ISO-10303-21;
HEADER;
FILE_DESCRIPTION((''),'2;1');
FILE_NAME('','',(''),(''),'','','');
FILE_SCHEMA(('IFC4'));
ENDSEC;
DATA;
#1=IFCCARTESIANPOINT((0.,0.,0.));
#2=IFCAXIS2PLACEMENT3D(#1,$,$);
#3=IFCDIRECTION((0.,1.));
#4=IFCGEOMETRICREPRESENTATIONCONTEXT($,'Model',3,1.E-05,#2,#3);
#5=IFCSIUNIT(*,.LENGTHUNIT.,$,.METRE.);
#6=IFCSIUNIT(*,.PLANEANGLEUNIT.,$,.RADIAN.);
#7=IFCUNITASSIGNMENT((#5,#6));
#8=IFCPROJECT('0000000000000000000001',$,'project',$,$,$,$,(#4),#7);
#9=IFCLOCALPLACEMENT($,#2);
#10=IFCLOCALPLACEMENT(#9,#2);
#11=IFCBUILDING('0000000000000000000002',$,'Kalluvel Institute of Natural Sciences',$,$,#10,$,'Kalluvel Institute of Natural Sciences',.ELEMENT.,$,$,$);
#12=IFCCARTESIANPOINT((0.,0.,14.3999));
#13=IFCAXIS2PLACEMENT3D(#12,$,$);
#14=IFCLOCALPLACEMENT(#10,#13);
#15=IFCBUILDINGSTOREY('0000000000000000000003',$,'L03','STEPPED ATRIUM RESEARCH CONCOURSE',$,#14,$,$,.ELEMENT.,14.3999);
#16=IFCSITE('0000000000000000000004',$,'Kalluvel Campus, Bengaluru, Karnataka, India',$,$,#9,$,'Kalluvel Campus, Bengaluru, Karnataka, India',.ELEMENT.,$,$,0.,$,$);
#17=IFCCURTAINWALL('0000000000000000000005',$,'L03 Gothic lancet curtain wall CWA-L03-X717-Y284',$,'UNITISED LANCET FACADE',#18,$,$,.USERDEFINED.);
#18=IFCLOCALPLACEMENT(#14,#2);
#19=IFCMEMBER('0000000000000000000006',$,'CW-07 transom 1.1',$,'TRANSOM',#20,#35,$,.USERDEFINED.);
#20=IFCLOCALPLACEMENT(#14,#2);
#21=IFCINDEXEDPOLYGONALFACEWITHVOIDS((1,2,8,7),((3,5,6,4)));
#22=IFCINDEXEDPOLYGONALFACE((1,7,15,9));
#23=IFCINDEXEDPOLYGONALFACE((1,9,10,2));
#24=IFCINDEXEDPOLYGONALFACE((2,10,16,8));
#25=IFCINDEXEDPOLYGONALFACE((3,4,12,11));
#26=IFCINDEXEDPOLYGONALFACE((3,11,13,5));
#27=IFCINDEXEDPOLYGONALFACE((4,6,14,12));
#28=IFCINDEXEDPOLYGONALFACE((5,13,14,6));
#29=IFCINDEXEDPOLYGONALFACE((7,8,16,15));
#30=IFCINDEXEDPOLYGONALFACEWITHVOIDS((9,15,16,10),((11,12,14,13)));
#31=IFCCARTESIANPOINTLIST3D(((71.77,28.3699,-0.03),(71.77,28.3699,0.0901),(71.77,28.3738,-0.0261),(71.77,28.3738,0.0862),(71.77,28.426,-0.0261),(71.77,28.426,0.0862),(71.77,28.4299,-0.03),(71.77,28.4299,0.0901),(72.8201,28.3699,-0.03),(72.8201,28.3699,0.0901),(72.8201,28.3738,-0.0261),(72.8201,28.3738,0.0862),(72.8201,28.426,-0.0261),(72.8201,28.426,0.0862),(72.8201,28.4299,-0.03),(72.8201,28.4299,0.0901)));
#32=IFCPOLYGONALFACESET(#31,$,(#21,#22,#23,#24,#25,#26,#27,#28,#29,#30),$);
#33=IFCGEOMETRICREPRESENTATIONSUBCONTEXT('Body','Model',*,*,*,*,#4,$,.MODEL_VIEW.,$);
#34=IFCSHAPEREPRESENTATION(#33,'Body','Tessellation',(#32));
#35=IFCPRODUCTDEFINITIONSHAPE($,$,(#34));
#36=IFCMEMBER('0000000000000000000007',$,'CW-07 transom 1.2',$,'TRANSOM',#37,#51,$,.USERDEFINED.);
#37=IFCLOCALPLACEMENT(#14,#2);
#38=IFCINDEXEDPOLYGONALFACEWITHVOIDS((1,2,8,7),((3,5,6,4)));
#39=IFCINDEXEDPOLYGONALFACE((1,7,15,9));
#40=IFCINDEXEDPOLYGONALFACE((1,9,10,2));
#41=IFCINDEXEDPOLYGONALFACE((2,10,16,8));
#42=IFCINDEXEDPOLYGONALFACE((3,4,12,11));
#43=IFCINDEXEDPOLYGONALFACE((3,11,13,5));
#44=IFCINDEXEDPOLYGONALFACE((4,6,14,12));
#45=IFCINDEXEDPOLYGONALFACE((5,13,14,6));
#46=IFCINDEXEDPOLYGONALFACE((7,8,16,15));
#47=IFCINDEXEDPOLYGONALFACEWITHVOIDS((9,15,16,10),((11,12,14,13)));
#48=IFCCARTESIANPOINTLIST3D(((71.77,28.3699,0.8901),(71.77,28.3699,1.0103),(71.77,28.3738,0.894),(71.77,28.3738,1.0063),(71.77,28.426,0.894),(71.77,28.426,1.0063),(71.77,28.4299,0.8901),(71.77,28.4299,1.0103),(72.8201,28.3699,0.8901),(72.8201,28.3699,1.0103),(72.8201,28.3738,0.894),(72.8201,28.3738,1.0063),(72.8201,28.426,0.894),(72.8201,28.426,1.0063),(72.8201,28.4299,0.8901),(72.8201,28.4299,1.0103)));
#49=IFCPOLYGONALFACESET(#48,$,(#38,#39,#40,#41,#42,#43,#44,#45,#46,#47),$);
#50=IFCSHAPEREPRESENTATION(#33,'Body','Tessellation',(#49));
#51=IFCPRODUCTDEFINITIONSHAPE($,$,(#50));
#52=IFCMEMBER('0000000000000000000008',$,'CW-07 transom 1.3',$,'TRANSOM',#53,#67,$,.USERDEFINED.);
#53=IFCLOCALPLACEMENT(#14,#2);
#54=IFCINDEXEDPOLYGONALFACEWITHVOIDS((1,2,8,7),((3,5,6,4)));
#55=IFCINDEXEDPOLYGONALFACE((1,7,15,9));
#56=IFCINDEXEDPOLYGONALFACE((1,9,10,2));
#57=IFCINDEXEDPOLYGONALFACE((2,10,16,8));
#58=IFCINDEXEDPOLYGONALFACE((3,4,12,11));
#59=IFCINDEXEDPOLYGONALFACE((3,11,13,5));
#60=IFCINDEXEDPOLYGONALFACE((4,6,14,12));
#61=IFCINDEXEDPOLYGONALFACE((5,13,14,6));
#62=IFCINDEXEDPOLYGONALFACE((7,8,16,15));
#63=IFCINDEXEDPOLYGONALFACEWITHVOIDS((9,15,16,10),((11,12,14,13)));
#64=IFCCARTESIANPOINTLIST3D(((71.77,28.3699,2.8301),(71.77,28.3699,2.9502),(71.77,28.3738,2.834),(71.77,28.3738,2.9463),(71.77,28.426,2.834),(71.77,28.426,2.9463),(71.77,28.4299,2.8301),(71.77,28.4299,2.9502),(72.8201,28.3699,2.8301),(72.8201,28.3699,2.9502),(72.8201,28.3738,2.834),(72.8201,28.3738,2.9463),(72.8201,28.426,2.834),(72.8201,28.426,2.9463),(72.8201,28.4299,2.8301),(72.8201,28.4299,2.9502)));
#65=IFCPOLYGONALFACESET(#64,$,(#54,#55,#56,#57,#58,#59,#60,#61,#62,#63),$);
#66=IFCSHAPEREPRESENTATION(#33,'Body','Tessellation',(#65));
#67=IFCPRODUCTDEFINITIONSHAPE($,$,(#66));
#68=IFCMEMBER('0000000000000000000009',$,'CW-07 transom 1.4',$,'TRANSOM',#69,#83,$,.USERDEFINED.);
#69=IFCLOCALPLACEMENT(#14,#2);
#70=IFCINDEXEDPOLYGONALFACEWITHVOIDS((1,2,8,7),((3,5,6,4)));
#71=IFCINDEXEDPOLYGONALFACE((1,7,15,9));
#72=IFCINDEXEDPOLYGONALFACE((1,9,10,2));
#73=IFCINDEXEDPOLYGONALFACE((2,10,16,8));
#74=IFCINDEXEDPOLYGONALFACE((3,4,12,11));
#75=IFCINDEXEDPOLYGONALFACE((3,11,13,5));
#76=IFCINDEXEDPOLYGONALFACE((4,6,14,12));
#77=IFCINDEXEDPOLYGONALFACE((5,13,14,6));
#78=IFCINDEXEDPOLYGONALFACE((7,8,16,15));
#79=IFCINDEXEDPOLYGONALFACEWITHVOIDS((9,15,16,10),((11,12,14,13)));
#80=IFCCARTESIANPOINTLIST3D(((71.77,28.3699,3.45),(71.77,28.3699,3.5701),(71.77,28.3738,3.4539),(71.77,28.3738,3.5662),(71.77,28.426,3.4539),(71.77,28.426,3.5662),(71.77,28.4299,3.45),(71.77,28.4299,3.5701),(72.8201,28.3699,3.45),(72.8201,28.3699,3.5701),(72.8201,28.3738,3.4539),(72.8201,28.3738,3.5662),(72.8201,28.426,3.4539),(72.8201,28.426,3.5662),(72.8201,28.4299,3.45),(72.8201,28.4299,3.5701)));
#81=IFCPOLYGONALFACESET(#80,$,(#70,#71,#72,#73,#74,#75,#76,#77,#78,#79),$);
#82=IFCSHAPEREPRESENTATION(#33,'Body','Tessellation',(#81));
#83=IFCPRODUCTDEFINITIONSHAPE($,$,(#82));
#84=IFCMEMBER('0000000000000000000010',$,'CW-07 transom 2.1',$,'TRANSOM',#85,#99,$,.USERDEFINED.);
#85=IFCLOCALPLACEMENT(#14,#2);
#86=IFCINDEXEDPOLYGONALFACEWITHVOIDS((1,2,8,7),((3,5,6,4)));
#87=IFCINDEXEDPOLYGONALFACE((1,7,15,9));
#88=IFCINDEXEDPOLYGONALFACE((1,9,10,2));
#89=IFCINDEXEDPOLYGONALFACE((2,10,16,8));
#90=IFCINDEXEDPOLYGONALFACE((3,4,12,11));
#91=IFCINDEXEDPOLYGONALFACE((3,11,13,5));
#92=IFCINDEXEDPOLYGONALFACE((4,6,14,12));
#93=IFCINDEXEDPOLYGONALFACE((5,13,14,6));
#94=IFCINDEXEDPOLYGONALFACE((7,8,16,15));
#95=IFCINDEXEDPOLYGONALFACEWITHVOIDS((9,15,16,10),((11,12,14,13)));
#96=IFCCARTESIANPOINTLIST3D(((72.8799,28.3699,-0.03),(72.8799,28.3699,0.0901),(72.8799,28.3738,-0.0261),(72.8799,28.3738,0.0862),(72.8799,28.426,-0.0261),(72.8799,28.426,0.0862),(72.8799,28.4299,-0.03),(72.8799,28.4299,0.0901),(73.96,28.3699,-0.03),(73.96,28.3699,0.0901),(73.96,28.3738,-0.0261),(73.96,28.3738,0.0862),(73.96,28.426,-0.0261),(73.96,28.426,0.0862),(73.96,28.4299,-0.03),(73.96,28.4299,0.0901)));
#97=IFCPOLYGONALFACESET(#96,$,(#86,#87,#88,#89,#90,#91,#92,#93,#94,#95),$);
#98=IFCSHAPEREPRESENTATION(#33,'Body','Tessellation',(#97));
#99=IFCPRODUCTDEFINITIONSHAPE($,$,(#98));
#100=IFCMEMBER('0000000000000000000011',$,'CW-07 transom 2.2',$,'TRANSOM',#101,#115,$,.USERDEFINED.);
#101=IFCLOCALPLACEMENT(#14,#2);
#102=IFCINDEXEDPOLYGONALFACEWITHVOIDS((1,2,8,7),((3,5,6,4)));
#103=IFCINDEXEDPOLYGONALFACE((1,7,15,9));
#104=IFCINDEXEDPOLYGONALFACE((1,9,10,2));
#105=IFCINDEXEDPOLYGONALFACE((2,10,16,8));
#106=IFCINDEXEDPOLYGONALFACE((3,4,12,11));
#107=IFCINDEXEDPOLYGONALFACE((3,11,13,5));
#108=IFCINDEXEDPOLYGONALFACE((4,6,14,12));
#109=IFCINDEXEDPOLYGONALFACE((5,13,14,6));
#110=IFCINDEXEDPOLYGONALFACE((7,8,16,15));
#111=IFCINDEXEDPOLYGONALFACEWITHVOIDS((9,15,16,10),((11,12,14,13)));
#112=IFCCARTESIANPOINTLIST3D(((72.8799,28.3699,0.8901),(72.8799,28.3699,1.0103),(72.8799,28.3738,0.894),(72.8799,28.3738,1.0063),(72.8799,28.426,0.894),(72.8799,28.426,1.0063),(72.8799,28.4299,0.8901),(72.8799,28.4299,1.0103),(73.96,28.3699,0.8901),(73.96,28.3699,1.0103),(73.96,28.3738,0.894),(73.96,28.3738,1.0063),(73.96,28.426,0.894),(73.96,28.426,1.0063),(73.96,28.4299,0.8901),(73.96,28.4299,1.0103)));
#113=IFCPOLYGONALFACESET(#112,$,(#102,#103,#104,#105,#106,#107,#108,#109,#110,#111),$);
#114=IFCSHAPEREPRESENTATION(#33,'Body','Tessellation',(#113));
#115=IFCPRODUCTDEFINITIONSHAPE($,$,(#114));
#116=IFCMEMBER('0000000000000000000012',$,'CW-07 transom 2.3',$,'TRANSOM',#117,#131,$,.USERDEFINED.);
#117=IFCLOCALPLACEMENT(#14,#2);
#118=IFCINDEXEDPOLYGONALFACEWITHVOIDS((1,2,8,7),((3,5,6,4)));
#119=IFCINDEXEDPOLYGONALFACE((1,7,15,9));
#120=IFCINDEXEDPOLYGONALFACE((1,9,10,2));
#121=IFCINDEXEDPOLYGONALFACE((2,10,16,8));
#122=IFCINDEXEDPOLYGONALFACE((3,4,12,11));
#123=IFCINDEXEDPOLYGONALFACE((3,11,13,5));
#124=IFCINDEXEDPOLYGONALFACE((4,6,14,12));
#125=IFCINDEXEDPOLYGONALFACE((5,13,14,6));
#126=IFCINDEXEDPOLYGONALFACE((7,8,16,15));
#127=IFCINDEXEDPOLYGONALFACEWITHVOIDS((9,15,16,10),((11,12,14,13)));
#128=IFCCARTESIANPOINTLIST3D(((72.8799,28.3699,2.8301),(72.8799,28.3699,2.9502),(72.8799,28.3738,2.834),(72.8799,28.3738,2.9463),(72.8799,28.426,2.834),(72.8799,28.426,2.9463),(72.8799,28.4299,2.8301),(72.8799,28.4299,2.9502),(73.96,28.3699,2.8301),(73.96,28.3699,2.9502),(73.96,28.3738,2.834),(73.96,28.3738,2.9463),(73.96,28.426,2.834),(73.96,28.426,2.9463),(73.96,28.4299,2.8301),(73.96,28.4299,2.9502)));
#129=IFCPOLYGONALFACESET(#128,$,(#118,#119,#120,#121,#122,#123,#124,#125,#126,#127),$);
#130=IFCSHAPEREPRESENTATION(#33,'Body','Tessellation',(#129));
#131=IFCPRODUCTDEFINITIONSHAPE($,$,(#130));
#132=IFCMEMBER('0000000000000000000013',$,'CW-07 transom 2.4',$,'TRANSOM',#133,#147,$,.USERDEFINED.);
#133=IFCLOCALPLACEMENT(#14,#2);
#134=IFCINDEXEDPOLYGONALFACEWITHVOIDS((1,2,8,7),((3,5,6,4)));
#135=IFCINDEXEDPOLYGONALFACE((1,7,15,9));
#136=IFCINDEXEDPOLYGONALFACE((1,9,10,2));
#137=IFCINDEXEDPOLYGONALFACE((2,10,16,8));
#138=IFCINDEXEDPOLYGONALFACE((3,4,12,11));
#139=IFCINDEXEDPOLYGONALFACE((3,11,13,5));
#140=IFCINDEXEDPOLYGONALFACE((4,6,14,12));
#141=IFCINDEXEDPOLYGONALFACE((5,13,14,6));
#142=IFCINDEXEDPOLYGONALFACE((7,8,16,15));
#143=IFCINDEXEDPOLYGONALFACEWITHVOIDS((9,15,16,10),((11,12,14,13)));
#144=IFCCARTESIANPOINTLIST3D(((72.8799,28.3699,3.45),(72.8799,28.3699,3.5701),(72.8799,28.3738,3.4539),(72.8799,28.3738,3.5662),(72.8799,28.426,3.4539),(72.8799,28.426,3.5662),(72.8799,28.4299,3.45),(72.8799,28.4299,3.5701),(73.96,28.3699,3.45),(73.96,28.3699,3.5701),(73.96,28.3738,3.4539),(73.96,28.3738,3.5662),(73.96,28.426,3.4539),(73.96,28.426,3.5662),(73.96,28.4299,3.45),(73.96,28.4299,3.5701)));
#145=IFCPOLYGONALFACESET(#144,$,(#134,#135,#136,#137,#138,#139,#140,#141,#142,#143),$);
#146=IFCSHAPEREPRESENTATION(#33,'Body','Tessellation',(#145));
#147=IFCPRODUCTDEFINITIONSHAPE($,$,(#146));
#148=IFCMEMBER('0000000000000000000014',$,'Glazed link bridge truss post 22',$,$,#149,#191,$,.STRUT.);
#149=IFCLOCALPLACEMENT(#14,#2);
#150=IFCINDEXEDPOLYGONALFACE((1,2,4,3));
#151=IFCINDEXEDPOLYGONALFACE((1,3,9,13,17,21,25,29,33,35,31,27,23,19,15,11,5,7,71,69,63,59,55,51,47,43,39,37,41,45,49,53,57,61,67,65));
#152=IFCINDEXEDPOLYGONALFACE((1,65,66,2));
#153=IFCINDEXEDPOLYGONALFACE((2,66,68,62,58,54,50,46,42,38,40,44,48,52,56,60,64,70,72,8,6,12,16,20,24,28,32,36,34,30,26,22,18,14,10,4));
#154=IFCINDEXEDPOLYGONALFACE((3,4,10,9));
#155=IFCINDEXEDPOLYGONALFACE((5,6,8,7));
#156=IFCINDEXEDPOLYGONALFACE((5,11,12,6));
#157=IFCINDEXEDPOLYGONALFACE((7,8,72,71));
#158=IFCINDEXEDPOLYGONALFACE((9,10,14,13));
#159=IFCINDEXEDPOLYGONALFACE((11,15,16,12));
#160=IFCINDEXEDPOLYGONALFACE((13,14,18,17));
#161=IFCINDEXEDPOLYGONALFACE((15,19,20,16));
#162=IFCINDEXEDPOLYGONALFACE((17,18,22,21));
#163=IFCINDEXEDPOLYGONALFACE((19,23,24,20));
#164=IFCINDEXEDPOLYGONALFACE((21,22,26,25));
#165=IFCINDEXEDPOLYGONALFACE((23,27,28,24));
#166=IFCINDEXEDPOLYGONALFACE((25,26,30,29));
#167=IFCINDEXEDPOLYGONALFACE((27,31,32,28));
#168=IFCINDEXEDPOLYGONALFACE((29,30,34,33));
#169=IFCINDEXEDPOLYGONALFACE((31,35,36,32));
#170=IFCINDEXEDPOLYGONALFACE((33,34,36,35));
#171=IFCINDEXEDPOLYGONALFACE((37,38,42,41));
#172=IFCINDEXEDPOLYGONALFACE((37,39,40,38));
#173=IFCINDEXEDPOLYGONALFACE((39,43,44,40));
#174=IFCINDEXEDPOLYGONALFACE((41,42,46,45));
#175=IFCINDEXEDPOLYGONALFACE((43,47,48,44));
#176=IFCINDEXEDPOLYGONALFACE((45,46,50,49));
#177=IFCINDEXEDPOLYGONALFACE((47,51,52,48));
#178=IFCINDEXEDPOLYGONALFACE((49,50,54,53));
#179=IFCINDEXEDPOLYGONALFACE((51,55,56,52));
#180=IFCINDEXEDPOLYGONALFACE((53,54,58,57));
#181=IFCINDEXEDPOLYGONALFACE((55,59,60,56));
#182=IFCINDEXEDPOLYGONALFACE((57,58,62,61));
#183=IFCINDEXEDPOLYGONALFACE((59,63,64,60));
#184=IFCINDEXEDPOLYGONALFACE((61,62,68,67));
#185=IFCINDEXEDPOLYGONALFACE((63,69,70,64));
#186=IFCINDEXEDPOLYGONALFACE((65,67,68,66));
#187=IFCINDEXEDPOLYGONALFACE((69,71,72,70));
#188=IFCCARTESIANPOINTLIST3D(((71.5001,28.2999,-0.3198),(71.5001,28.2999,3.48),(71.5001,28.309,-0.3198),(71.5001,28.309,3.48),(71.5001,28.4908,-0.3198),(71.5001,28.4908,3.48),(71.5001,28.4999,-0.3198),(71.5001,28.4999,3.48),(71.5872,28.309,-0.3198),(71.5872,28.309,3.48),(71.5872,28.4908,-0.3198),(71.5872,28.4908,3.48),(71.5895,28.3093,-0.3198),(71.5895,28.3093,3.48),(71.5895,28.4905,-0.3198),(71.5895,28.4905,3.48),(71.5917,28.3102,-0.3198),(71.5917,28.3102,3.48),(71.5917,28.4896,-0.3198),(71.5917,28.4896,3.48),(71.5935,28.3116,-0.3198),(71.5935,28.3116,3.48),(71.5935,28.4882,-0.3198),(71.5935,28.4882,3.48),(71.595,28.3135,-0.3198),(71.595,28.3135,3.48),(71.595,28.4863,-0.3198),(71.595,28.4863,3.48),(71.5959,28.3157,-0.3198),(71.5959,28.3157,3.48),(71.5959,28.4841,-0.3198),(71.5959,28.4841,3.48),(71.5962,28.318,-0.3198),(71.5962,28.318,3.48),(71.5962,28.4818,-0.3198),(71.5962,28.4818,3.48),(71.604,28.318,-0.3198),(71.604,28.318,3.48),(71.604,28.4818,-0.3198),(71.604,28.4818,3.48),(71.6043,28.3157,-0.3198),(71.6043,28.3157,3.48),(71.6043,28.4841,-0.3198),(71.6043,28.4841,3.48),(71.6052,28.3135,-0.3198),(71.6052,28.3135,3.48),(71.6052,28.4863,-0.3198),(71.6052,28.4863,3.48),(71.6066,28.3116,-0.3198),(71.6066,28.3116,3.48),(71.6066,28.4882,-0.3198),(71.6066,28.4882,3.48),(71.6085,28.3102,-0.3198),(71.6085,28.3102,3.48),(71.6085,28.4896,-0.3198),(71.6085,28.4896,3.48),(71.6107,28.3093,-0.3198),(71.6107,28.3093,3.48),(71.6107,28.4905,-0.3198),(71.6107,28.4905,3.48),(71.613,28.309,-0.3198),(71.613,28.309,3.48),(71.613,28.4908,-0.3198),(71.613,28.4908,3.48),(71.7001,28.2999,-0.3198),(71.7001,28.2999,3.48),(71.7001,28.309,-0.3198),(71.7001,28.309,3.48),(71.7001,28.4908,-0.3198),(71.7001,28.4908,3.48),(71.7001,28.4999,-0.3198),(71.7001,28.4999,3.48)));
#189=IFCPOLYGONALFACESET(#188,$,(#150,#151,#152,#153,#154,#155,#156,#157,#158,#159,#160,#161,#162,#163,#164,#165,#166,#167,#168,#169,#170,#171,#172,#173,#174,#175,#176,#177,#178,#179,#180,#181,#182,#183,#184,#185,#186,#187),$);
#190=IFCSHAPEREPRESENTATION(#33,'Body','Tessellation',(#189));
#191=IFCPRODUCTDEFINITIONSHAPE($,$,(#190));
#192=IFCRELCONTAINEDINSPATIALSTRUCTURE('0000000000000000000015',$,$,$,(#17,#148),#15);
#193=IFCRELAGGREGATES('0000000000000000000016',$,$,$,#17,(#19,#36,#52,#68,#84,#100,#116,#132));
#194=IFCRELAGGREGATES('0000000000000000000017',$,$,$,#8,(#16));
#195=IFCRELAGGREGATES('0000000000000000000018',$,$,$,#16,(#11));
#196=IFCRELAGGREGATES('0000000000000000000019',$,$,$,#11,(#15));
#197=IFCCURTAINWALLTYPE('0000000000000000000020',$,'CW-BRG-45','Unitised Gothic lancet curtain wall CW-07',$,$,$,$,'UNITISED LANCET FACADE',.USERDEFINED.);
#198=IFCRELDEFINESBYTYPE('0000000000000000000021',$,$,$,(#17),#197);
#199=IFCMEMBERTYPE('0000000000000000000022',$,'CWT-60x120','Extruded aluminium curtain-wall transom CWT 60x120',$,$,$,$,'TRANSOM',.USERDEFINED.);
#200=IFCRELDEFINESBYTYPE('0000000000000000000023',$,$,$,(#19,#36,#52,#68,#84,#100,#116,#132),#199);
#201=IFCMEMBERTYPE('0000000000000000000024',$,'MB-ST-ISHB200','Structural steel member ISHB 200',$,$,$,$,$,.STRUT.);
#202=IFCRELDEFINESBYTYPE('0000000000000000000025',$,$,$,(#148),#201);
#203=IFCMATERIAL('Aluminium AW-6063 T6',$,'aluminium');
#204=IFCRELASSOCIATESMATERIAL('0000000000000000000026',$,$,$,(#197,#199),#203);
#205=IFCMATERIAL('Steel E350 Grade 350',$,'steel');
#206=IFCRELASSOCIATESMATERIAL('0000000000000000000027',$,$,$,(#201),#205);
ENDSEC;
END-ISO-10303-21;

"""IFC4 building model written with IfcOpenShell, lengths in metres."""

from ifc_helpers import new_model, si_unit, direction, frame, origin, origin_2d, place, context, subcontext, project, spatial, hollow_rectangle, i_section, extrude, material, material_profile, profile_set, type_object, element, aggregate, save


model = new_model("IFC4")

# Units and contexts
model_context = context("Model", 3, precision=1e-05, world=origin(), true_north=direction((0.0, 1.0)))
body_context = subcontext(model_context, "Body", "Model", "MODEL_VIEW")
ifc_project = project(units=[si_unit("LENGTHUNIT", "METRE"), si_unit("PLANEANGLEUNIT", "RADIAN")], contexts=[model_context])

# Site, building, storey
site_placement = place(None, origin())
site = spatial("IfcSite", under=ifc_project, at=site_placement, Name="Kalluvel Campus, Bengaluru, Karnataka, India", LongName="Kalluvel Campus, Bengaluru, Karnataka, India", CompositionType="ELEMENT", RefElevation=0.0)
building_placement = place(site_placement, origin())
building = spatial("IfcBuilding", under=site, at=building_placement, Name="Kalluvel Institute of Natural Sciences", LongName="Kalluvel Institute of Natural Sciences", CompositionType="ELEMENT")
storey_placement = place(building_placement, frame((0.0, 0.0, 14.3999)))
storey = spatial("IfcBuildingStorey", under=building, at=storey_placement, Name="L03", Description="STEPPED ATRIUM RESEARCH CONCOURSE", CompositionType="ELEMENT", Elevation=14.3999)

# Shared definitions
ifc_material_1 = material(Name="Steel E350 Grade 350", Category="steel")

# Curtain wall
ifc_material_2 = material(Name="Aluminium AW-6063 T6", Category="aluminium")
curtain_wall_type = type_object("IfcCurtainWallType", Name="CW-BRG-45", Description="Unitised Gothic lancet curtain wall CW-07", ElementType="UNITISED LANCET FACADE", PredefinedType="USERDEFINED", material=ifc_material_2)
curtain_wall_1_placement = place(storey_placement, origin())
curtain_wall_1 = element("IfcCurtainWall", 1, at=curtain_wall_1_placement, inside=storey, type_object=curtain_wall_type, Name="L03 Gothic lancet curtain wall CWA-L03-X717-Y284", ObjectType="UNITISED LANCET FACADE", PredefinedType="USERDEFINED")

# Members
ifc_material_profile_1 = material_profile(ifc_material_2, hollow_rectangle(XDim=0.0601, YDim=0.1201, WallThickness=0.0039, at=origin_2d()), Name="CWT 60x120")
ifc_profile_set_1 = profile_set([ifc_material_profile_1], Name="Aluminium AW-6063 T6")
member_type_1 = type_object("IfcMemberType", Name="CWT-60x120", Description="Extruded aluminium curtain-wall transom CWT 60x120", ElementType="TRANSOM", PredefinedType="USERDEFINED", material=ifc_profile_set_1)
member_1_placement = place(storey_placement, frame((71.77, 28.3999, 0.03), z_axis=(1.0, 0.0, 0.0), x_axis=(0.0, 1.0, 0.0)))
member_1 = element("IfcMember", 2, at=member_1_placement, type_object=member_type_1, Name="CW-07 transom 1.1", ObjectType="TRANSOM", PredefinedType="USERDEFINED", context=body_context, shape_type="SweptSolid", body=[
    extrude(hollow_rectangle(XDim=0.0601, YDim=0.1201, WallThickness=0.0039, at=origin_2d()), origin(), (0.0, 0.0, 1.0), 1.05),
])
member_2_placement = place(storey_placement, frame((71.77, 28.3999, 0.9502), z_axis=(1.0, 0.0, 0.0), x_axis=(0.0, 1.0, 0.0)))
member_2 = element("IfcMember", 3, at=member_2_placement, type_object=member_type_1, Name="CW-07 transom 1.2", ObjectType="TRANSOM", PredefinedType="USERDEFINED", context=body_context, shape_type="SweptSolid", body=[
    extrude(hollow_rectangle(XDim=0.0601, YDim=0.1201, WallThickness=0.0039, at=origin_2d()), origin(), (0.0, 0.0, 1.0), 1.05),
])
member_3_placement = place(storey_placement, frame((71.77, 28.3999, 2.8901), z_axis=(1.0, 0.0, 0.0), x_axis=(0.0, 1.0, 0.0)))
member_3 = element("IfcMember", 4, at=member_3_placement, type_object=member_type_1, Name="CW-07 transom 1.3", ObjectType="TRANSOM", PredefinedType="USERDEFINED", context=body_context, shape_type="SweptSolid", body=[
    extrude(hollow_rectangle(XDim=0.0601, YDim=0.1201, WallThickness=0.0039, at=origin_2d()), origin(), (0.0, 0.0, 1.0), 1.05),
])
member_4_placement = place(storey_placement, frame((71.77, 28.3999, 3.51), z_axis=(1.0, 0.0, 0.0), x_axis=(0.0, 1.0, 0.0)))
member_4 = element("IfcMember", 5, at=member_4_placement, type_object=member_type_1, Name="CW-07 transom 1.4", ObjectType="TRANSOM", PredefinedType="USERDEFINED", context=body_context, shape_type="SweptSolid", body=[
    extrude(hollow_rectangle(XDim=0.0601, YDim=0.1201, WallThickness=0.0039, at=origin_2d()), origin(), (0.0, 0.0, 1.0), 1.05),
])
member_5_placement = place(storey_placement, frame((72.8799, 28.3999, 0.03), z_axis=(1.0, 0.0, 0.0), x_axis=(0.0, 1.0, 0.0)))
member_5 = element("IfcMember", 6, at=member_5_placement, type_object=member_type_1, Name="CW-07 transom 2.1", ObjectType="TRANSOM", PredefinedType="USERDEFINED", context=body_context, shape_type="SweptSolid", body=[
    extrude(hollow_rectangle(XDim=0.0601, YDim=0.1201, WallThickness=0.0039, at=origin_2d()), origin(), (0.0, 0.0, 1.0), 1.0801),
])
member_6_placement = place(storey_placement, frame((72.8799, 28.3999, 0.9502), z_axis=(1.0, 0.0, 0.0), x_axis=(0.0, 1.0, 0.0)))
member_6 = element("IfcMember", 7, at=member_6_placement, type_object=member_type_1, Name="CW-07 transom 2.2", ObjectType="TRANSOM", PredefinedType="USERDEFINED", context=body_context, shape_type="SweptSolid", body=[
    extrude(hollow_rectangle(XDim=0.0601, YDim=0.1201, WallThickness=0.0039, at=origin_2d()), origin(), (0.0, 0.0, 1.0), 1.0801),
])
member_7_placement = place(storey_placement, frame((72.8799, 28.3999, 2.8901), z_axis=(1.0, 0.0, 0.0), x_axis=(0.0, 1.0, 0.0)))
member_7 = element("IfcMember", 8, at=member_7_placement, type_object=member_type_1, Name="CW-07 transom 2.3", ObjectType="TRANSOM", PredefinedType="USERDEFINED", context=body_context, shape_type="SweptSolid", body=[
    extrude(hollow_rectangle(XDim=0.0601, YDim=0.1201, WallThickness=0.0039, at=origin_2d()), origin(), (0.0, 0.0, 1.0), 1.0801),
])
member_8_placement = place(storey_placement, frame((72.8799, 28.3999, 3.51), z_axis=(1.0, 0.0, 0.0), x_axis=(0.0, 1.0, 0.0)))
member_8 = element("IfcMember", 9, at=member_8_placement, type_object=member_type_1, Name="CW-07 transom 2.4", ObjectType="TRANSOM", PredefinedType="USERDEFINED", context=body_context, shape_type="SweptSolid", body=[
    extrude(hollow_rectangle(XDim=0.0601, YDim=0.1201, WallThickness=0.0039, at=origin_2d()), origin(), (0.0, 0.0, 1.0), 1.0801),
])
ifc_material_profile_2 = material_profile(ifc_material_1, i_section(OverallWidth=0.2, OverallDepth=0.2, WebThickness=0.0078, FlangeThickness=0.009, FilletRadius=0.009, at=origin_2d()), Name="ISHB 200")
ifc_profile_set_2 = profile_set([ifc_material_profile_2], Name="Steel E350 Grade 350")
member_type_2 = type_object("IfcMemberType", Name="MB-ST-ISHB200", Description="Structural steel member ISHB 200", PredefinedType="STRUT", material=ifc_profile_set_2)
member_9_placement = place(storey_placement, frame((71.6001, 28.3999, -0.3198), z_axis=(0.0, 0.0, 1.0), x_axis=(1.0, 0.0, 0.0)))
element("IfcMember", 10, at=member_9_placement, inside=storey, type_object=member_type_2, Name="Glazed link bridge truss post 22", PredefinedType="STRUT", context=body_context, shape_type="SweptSolid", body=[
    extrude(i_section(OverallWidth=0.2, OverallDepth=0.2, WebThickness=0.0078, FlangeThickness=0.009, FilletRadius=0.009, at=origin_2d()), origin(), (0.0, 0.0, 1.0), 3.7998),
])

aggregate(curtain_wall_1, [member_1, member_2, member_3, member_4, member_5, member_6, member_7, member_8])

save(model, "model.ifc")
